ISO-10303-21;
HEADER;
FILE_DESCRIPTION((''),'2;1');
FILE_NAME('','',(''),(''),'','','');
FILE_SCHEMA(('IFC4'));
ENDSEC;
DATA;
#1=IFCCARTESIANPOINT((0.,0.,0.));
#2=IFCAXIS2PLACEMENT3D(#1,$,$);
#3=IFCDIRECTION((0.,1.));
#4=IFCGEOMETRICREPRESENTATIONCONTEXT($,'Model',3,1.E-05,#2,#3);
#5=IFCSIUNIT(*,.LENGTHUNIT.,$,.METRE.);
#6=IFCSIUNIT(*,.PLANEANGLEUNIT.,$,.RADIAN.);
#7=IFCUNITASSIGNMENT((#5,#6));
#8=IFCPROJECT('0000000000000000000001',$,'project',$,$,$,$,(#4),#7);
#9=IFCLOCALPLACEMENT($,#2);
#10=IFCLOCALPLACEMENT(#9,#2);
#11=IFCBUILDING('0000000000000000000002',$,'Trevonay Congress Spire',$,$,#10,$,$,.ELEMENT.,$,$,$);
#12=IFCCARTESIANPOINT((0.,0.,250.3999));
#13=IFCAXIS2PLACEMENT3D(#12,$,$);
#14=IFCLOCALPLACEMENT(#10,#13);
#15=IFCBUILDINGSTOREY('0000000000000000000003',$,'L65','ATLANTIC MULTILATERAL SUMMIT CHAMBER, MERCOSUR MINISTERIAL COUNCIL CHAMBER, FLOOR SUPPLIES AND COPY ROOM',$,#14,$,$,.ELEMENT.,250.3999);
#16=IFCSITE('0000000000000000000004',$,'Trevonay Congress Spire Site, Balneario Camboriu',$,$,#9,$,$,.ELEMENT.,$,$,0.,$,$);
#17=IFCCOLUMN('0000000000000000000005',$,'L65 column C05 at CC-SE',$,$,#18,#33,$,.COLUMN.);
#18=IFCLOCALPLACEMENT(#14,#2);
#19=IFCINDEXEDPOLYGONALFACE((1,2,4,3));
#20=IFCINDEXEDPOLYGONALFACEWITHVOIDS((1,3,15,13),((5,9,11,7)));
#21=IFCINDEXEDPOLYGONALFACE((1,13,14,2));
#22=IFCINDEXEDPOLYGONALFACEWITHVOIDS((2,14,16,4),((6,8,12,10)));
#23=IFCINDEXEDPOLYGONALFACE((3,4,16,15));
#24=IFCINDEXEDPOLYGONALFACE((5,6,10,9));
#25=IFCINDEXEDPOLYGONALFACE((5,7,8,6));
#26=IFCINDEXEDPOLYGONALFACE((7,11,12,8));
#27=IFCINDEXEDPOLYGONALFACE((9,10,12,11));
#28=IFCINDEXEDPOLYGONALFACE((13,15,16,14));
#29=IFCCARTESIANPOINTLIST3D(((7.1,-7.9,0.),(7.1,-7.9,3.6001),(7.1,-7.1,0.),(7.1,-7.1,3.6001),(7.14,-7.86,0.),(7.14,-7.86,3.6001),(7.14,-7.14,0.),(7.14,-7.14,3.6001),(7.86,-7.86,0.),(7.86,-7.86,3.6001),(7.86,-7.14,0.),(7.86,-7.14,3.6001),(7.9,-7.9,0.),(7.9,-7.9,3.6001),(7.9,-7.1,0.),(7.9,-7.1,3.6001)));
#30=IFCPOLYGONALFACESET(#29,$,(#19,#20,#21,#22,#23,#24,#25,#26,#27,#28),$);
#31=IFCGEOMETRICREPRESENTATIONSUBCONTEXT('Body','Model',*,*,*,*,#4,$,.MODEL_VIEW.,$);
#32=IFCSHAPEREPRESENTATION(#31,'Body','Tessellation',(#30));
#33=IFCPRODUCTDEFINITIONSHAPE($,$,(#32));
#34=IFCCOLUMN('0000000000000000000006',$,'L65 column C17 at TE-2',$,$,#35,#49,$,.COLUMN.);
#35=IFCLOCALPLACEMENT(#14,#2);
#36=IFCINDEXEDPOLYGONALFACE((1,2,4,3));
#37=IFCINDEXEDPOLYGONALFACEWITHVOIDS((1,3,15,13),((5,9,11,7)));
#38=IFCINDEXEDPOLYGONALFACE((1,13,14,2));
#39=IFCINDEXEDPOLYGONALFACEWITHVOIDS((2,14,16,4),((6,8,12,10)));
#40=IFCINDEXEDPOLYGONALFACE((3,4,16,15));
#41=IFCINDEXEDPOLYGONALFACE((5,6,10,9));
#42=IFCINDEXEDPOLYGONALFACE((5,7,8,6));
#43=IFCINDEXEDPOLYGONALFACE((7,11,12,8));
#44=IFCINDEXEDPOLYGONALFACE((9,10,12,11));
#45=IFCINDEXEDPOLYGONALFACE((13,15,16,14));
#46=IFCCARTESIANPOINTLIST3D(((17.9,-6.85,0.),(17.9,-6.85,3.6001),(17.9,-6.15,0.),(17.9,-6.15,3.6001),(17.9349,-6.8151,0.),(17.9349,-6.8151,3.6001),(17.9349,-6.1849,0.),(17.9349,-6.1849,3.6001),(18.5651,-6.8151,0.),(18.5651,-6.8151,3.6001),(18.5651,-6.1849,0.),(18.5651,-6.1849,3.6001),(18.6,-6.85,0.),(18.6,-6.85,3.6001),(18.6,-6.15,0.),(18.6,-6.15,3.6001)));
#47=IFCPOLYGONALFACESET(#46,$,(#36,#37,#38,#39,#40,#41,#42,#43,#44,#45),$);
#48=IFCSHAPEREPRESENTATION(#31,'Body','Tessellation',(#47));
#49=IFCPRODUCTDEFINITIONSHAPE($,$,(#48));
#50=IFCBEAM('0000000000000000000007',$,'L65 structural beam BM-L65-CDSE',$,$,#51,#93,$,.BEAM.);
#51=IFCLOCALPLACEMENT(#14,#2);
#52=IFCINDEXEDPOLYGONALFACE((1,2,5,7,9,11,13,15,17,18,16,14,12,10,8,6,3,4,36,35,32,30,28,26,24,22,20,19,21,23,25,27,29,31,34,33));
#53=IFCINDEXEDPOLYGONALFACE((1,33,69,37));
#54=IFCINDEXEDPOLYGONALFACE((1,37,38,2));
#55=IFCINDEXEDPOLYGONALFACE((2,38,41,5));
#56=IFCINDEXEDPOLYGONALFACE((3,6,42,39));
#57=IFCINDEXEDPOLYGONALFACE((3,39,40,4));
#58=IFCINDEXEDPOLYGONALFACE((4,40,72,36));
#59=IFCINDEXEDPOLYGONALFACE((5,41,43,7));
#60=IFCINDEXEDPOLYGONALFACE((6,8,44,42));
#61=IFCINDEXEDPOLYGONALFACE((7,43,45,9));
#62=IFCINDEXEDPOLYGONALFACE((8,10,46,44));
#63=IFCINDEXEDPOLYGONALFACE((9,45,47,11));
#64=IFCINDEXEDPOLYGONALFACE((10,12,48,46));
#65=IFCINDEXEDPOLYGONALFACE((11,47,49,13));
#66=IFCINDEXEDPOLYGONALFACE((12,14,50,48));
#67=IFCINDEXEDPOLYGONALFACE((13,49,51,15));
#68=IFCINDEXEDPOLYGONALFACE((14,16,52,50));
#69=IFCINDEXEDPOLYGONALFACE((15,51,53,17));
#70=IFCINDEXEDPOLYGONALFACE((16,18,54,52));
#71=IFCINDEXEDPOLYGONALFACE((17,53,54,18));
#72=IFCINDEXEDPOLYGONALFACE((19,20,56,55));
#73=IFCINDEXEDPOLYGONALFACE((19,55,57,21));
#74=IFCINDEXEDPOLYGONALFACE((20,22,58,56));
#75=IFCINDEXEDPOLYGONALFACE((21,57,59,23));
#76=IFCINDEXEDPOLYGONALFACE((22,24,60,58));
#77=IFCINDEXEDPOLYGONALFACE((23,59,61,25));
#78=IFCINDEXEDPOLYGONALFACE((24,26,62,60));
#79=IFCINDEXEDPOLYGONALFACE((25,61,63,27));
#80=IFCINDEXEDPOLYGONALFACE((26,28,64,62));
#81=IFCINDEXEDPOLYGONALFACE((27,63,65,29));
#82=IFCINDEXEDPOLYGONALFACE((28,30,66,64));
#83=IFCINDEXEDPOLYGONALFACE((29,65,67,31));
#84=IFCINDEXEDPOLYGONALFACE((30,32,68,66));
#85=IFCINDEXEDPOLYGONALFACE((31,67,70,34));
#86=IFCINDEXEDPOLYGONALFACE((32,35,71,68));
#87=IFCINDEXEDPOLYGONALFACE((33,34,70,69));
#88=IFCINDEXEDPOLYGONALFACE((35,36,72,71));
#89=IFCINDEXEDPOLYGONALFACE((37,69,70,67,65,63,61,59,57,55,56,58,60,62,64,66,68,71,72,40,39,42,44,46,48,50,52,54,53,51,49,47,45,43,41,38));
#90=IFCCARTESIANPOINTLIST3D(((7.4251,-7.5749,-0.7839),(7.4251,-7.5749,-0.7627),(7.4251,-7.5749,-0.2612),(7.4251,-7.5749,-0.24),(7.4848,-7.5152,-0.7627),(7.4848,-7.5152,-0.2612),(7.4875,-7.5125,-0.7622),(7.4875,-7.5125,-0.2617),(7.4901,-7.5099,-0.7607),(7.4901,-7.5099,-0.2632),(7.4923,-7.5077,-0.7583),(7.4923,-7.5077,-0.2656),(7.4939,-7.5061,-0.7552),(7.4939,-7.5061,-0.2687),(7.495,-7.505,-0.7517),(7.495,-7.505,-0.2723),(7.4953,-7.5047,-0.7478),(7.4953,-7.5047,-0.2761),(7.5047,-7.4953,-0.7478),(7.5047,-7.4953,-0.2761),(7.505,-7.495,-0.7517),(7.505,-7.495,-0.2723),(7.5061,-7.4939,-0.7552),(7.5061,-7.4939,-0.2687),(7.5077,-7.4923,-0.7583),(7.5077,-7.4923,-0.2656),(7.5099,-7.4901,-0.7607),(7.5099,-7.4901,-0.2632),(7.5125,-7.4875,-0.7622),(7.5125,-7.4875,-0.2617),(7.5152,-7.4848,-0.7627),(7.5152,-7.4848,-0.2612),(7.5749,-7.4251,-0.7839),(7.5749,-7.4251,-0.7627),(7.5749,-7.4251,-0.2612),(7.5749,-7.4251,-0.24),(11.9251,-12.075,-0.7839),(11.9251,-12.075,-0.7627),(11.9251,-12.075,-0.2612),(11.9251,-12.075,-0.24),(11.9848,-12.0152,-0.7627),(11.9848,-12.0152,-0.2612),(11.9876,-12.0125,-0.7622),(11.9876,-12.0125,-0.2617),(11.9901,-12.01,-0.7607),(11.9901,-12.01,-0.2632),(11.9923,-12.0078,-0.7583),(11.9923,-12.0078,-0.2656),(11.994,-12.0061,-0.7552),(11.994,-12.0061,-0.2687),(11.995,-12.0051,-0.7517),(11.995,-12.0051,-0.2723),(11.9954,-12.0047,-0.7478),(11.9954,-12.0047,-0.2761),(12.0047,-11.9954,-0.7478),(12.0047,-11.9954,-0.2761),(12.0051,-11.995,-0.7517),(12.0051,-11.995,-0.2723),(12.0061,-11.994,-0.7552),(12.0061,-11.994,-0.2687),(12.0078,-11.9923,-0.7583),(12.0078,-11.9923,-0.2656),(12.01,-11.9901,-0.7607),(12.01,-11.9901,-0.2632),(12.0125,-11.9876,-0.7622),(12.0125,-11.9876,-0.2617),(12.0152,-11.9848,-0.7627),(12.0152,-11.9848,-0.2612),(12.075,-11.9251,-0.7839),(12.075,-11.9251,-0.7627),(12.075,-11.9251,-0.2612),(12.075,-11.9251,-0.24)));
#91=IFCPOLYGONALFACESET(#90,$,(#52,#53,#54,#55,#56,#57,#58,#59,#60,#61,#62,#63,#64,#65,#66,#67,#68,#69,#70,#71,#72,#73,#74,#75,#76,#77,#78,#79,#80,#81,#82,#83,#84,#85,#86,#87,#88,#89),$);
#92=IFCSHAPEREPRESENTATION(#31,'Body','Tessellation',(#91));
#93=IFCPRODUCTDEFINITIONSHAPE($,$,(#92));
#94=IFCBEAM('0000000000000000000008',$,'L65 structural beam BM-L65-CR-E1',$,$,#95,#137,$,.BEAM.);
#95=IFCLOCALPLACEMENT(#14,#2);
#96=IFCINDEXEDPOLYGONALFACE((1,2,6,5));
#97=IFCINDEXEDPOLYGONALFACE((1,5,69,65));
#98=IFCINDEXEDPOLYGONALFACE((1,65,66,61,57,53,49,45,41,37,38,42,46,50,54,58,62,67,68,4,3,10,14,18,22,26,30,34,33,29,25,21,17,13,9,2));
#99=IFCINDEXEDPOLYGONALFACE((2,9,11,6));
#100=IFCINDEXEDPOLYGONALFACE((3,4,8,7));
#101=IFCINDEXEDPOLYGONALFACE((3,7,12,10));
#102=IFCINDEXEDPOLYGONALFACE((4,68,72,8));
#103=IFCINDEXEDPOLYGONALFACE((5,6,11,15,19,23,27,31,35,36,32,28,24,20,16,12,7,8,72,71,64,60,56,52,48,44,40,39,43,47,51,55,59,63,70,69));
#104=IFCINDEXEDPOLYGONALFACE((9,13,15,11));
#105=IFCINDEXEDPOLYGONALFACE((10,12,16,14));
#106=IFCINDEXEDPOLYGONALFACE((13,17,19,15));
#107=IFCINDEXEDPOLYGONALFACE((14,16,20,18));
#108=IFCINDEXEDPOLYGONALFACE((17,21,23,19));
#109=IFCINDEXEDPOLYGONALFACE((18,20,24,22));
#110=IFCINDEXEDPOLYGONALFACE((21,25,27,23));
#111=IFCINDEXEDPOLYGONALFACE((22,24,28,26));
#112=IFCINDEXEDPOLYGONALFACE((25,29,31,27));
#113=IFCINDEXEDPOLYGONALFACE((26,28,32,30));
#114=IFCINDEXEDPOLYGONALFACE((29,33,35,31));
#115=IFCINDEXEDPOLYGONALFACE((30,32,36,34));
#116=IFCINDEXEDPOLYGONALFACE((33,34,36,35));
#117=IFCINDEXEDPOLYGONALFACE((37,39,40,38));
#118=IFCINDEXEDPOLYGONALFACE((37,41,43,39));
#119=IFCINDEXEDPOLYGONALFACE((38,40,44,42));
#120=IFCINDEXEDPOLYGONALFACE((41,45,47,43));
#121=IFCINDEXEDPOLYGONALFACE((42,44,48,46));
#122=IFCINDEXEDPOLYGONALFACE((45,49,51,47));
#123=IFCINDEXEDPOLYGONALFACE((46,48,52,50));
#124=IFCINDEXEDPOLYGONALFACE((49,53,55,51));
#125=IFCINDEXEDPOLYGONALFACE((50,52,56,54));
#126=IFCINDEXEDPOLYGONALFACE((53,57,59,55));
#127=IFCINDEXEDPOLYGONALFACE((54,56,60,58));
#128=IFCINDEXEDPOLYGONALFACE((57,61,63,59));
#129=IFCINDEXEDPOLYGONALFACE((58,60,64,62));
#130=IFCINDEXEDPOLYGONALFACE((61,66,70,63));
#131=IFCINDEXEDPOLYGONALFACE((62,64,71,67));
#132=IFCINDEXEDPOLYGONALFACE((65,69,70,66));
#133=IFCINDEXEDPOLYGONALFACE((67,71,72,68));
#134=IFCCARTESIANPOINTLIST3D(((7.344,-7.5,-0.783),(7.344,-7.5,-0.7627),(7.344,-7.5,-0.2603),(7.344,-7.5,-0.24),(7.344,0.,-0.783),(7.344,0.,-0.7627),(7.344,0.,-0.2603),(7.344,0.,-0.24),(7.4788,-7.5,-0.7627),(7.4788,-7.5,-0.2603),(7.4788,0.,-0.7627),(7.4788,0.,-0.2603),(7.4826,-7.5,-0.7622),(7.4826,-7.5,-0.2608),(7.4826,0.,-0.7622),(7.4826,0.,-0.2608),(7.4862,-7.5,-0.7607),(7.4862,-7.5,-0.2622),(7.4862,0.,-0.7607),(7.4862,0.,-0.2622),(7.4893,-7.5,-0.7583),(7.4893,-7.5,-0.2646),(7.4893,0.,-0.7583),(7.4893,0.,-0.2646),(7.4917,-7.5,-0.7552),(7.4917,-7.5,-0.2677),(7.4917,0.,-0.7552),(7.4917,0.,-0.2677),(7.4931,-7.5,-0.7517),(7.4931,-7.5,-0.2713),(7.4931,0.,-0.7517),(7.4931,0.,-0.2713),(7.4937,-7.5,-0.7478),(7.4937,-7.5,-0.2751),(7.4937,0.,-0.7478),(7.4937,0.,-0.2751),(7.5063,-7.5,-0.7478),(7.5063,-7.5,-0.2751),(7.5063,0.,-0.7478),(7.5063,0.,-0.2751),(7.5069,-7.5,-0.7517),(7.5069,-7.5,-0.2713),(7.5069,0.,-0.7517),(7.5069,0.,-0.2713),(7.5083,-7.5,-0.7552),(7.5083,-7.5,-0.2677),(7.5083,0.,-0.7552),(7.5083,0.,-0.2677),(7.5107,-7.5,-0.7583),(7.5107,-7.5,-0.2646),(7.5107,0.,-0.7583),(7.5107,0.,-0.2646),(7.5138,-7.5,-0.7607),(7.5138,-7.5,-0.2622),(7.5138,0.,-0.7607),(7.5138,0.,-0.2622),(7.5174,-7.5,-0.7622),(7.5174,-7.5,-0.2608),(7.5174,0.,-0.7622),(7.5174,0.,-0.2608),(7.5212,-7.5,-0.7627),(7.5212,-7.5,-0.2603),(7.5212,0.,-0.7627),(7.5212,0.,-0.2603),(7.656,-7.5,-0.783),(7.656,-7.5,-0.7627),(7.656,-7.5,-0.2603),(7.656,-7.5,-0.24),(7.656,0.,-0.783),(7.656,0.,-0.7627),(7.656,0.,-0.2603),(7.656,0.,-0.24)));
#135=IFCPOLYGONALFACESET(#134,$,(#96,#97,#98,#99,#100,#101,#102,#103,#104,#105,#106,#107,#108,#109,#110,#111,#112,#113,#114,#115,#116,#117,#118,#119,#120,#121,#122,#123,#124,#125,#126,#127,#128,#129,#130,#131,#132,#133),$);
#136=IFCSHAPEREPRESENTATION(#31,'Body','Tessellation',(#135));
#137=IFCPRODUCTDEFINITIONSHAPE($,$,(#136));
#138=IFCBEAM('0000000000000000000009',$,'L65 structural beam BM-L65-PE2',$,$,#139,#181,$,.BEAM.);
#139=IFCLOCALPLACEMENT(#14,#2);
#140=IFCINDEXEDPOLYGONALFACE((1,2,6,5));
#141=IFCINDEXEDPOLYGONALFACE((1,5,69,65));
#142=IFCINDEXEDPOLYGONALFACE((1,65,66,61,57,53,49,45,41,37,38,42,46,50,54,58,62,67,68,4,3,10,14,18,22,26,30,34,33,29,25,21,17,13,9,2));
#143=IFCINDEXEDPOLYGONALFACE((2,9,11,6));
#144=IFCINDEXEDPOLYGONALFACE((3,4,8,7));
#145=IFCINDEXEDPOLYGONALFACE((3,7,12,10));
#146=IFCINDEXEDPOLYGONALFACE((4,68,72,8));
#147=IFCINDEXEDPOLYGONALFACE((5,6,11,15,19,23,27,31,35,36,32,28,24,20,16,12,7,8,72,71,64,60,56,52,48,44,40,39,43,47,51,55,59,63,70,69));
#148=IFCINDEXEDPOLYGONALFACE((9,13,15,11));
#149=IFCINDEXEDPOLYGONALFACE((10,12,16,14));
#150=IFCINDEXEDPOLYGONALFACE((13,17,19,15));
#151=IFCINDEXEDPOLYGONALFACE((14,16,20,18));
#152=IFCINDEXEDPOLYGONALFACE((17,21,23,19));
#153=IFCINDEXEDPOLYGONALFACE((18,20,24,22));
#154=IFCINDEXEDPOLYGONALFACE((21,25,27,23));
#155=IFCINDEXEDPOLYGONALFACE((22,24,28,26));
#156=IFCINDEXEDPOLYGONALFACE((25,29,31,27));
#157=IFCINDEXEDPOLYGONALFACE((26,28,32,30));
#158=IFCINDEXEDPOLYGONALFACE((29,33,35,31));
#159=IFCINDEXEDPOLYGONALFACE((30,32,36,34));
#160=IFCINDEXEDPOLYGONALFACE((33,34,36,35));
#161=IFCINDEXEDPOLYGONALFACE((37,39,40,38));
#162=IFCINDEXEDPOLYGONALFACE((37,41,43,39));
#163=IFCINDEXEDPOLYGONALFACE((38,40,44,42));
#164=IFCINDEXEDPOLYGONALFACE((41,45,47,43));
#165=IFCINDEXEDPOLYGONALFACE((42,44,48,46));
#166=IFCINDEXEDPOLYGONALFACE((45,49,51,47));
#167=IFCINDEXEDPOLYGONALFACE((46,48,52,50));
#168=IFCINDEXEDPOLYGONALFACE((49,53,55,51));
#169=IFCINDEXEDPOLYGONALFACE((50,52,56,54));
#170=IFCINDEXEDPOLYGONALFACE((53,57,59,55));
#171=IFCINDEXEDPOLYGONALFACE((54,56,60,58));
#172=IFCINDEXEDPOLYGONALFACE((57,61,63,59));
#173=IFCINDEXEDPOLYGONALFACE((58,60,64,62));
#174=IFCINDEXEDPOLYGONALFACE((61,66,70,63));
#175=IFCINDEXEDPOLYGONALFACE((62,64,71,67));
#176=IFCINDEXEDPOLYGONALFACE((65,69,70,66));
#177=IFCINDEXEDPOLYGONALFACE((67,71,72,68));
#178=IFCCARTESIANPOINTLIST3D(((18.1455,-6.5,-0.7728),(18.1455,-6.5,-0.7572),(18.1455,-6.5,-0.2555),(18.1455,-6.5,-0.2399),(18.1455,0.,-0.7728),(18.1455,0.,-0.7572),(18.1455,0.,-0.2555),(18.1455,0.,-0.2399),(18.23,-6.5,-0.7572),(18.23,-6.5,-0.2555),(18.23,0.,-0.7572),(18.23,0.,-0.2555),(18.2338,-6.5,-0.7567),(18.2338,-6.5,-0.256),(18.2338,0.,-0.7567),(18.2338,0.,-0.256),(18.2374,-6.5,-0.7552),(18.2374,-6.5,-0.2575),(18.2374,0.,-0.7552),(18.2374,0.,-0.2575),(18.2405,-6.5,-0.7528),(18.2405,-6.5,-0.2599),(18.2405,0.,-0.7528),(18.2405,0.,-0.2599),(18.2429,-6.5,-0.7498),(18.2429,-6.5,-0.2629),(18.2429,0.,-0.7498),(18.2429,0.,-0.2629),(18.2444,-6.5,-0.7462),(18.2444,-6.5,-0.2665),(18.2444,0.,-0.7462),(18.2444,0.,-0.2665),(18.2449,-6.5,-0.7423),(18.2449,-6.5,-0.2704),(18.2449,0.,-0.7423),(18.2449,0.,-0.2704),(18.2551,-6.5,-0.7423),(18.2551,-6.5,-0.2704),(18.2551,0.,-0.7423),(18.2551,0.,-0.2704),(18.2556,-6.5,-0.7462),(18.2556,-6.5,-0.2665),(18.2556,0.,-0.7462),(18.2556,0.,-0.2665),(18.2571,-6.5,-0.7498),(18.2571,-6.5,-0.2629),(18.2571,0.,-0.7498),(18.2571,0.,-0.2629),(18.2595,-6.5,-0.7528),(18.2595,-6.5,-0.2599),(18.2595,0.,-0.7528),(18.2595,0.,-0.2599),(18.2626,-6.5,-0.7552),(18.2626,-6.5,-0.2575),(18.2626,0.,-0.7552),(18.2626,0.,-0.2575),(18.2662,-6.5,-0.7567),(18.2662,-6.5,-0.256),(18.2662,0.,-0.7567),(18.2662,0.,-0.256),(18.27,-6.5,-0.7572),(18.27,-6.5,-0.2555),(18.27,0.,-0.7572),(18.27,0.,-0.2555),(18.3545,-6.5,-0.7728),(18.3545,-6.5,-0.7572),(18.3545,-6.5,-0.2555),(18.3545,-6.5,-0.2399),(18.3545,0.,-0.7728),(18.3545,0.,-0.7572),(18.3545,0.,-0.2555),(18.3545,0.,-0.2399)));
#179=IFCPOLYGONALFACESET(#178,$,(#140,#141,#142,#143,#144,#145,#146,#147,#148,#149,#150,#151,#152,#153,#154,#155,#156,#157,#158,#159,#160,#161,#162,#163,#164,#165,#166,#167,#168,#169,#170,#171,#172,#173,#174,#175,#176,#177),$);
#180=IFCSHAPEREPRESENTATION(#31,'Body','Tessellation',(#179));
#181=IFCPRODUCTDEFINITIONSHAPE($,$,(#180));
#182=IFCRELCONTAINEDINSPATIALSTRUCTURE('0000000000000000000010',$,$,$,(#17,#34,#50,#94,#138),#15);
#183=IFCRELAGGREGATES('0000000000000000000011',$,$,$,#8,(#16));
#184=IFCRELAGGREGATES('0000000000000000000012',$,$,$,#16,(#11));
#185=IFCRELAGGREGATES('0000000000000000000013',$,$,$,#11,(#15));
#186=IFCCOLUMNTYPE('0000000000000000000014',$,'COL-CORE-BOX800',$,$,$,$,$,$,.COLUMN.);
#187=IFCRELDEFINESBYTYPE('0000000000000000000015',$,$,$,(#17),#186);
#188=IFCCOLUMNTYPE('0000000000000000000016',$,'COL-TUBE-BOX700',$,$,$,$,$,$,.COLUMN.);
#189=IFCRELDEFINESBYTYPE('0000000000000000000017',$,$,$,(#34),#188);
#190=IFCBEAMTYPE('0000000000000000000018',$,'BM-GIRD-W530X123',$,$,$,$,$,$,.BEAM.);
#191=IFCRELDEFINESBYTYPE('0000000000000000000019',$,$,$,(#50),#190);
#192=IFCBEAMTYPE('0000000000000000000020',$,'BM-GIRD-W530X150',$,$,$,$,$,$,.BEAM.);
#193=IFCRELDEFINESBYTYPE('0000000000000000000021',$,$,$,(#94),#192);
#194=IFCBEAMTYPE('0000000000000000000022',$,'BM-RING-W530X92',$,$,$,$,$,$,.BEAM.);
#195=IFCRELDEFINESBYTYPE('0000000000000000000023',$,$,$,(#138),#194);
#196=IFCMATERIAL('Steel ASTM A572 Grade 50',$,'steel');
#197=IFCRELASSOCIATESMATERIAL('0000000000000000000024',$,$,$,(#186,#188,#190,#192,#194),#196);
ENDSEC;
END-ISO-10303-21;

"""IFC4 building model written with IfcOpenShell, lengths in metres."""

from ifc_helpers import new_model, si_unit, direction, frame, origin, origin_2d, place, context, subcontext, project, spatial, hollow_rectangle, i_section, extrude, material, material_profile, profile_set, type_object, element, save


model = new_model("IFC4")

# Units and contexts
model_context = context("Model", 3, precision=1e-05, world=origin(), true_north=direction((0.0, 1.0)))
body_context = subcontext(model_context, "Body", "Model", "MODEL_VIEW")
ifc_project = project(units=[si_unit("LENGTHUNIT", "METRE"), si_unit("PLANEANGLEUNIT", "RADIAN")], contexts=[model_context])

# Site, building, storey
site_placement = place(None, origin())
site = spatial("IfcSite", under=ifc_project, at=site_placement, Name="Trevonay Congress Spire Site, Balneario Camboriu", CompositionType="ELEMENT", RefElevation=0.0)
building_placement = place(site_placement, origin())
building = spatial("IfcBuilding", under=site, at=building_placement, Name="Trevonay Congress Spire", CompositionType="ELEMENT")
storey_placement = place(building_placement, frame((0.0, 0.0, 250.3999)))
storey = spatial("IfcBuildingStorey", under=building, at=storey_placement, Name="L65", Description="ATLANTIC MULTILATERAL SUMMIT CHAMBER, MERCOSUR MINISTERIAL COUNCIL CHAMBER, FLOOR SUPPLIES AND COPY ROOM", CompositionType="ELEMENT", Elevation=250.3999)

# Columns
ifc_material_1 = material(Name="Steel ASTM A572 Grade 50", Category="steel")
ifc_material_profile_1 = material_profile(ifc_material_1, hollow_rectangle(XDim=0.8, YDim=0.8, WallThickness=0.04, at=origin_2d()), Name="BOX 800x800x40")
ifc_profile_set_1 = profile_set([ifc_material_profile_1], Name="Steel ASTM A572 Grade 50")
column_type_1 = type_object("IfcColumnType", Name="COL-CORE-BOX800", PredefinedType="COLUMN", material=ifc_profile_set_1)
column_1_placement = place(storey_placement, frame((7.5, -7.5, 0.0), z_axis=(0.0, 0.0, 1.0), x_axis=(1.0, 0.0, 0.0)))
element("IfcColumn", 1, at=column_1_placement, inside=storey, type_object=column_type_1, Name="L65 column C05 at CC-SE", PredefinedType="COLUMN", context=body_context, shape_type="SweptSolid", body=[
    extrude(hollow_rectangle(XDim=0.8, YDim=0.8, WallThickness=0.04, at=origin_2d()), origin(), (0.0, 0.0, 1.0), 3.6001),
])
ifc_material_profile_2 = material_profile(ifc_material_1, hollow_rectangle(XDim=0.7, YDim=0.7, WallThickness=0.0349, at=origin_2d()), Name="BOX 700x700x35")
ifc_profile_set_2 = profile_set([ifc_material_profile_2], Name="Steel ASTM A572 Grade 50")
column_type_2 = type_object("IfcColumnType", Name="COL-TUBE-BOX700", PredefinedType="COLUMN", material=ifc_profile_set_2)
column_2_placement = place(storey_placement, frame((18.25, -6.5, 0.0), z_axis=(0.0, 0.0, 1.0), x_axis=(1.0, 0.0, 0.0)))
element("IfcColumn", 2, at=column_2_placement, inside=storey, type_object=column_type_2, Name="L65 column C17 at TE-2", PredefinedType="COLUMN", context=body_context, shape_type="SweptSolid", body=[
    extrude(hollow_rectangle(XDim=0.7, YDim=0.7, WallThickness=0.0349, at=origin_2d()), origin(), (0.0, 0.0, 1.0), 3.6001),
])

# Beams
ifc_material_profile_3 = material_profile(ifc_material_1, i_section(OverallWidth=0.2119, OverallDepth=0.5439, WebThickness=0.0132, FlangeThickness=0.0212, FilletRadius=0.0149, at=origin_2d()), Name="W530x123")
ifc_profile_set_3 = profile_set([ifc_material_profile_3], Name="Steel ASTM A572 Grade 50")
beam_type_1 = type_object("IfcBeamType", Name="BM-GIRD-W530X123", PredefinedType="BEAM", material=ifc_profile_set_3)
beam_1_placement = place(storey_placement, frame((7.5, -7.5, -0.512), z_axis=(0.707107, -0.707107, 0.0), x_axis=(0.707107, 0.707107, 0.0)))
element("IfcBeam", 3, at=beam_1_placement, inside=storey, type_object=beam_type_1, Name="L65 structural beam BM-L65-CDSE", PredefinedType="BEAM", context=body_context, shape_type="SweptSolid", body=[
    extrude(i_section(OverallWidth=0.2119, OverallDepth=0.5439, WebThickness=0.0132, FlangeThickness=0.0212, FilletRadius=0.0149, at=origin_2d()), origin(), (0.0, 0.0, 1.0), 6.364),
])
ifc_material_profile_4 = material_profile(ifc_material_1, i_section(OverallWidth=0.312, OverallDepth=0.543, WebThickness=0.0127, FlangeThickness=0.0203, FilletRadius=0.0149, at=origin_2d()), Name="W530x150")
ifc_profile_set_4 = profile_set([ifc_material_profile_4], Name="Steel ASTM A572 Grade 50")
beam_type_2 = type_object("IfcBeamType", Name="BM-GIRD-W530X150", PredefinedType="BEAM", material=ifc_profile_set_4)
beam_2_placement = place(storey_placement, frame((7.5, -7.5, -0.5115), z_axis=(0.0, 1.0, 0.0), x_axis=(-1.0, 0.0, 0.0)))
element("IfcBeam", 4, at=beam_2_placement, inside=storey, type_object=beam_type_2, Name="L65 structural beam BM-L65-CR-E1", PredefinedType="BEAM", context=body_context, shape_type="SweptSolid", body=[
    extrude(i_section(OverallWidth=0.312, OverallDepth=0.543, WebThickness=0.0127, FlangeThickness=0.0203, FilletRadius=0.0149, at=origin_2d()), origin(), (0.0, 0.0, 1.0), 7.5),
])
ifc_material_profile_5 = material_profile(ifc_material_1, i_section(OverallWidth=0.209, OverallDepth=0.533, WebThickness=0.0103, FlangeThickness=0.0156, FilletRadius=0.0149, at=origin_2d()), Name="W530x92")
ifc_profile_set_5 = profile_set([ifc_material_profile_5], Name="Steel ASTM A572 Grade 50")
beam_type_3 = type_object("IfcBeamType", Name="BM-RING-W530X92", PredefinedType="BEAM", material=ifc_profile_set_5)
beam_3_placement = place(storey_placement, frame((18.25, -6.5, -0.5063), z_axis=(0.0, 1.0, 0.0), x_axis=(-1.0, 0.0, 0.0)))
element("IfcBeam", 5, at=beam_3_placement, inside=storey, type_object=beam_type_3, Name="L65 structural beam BM-L65-PE2", PredefinedType="BEAM", context=body_context, shape_type="SweptSolid", body=[
    extrude(i_section(OverallWidth=0.209, OverallDepth=0.533, WebThickness=0.0103, FlangeThickness=0.0156, FilletRadius=0.0149, at=origin_2d()), origin(), (0.0, 0.0, 1.0), 6.5),
])

save(model, "model.ifc")
